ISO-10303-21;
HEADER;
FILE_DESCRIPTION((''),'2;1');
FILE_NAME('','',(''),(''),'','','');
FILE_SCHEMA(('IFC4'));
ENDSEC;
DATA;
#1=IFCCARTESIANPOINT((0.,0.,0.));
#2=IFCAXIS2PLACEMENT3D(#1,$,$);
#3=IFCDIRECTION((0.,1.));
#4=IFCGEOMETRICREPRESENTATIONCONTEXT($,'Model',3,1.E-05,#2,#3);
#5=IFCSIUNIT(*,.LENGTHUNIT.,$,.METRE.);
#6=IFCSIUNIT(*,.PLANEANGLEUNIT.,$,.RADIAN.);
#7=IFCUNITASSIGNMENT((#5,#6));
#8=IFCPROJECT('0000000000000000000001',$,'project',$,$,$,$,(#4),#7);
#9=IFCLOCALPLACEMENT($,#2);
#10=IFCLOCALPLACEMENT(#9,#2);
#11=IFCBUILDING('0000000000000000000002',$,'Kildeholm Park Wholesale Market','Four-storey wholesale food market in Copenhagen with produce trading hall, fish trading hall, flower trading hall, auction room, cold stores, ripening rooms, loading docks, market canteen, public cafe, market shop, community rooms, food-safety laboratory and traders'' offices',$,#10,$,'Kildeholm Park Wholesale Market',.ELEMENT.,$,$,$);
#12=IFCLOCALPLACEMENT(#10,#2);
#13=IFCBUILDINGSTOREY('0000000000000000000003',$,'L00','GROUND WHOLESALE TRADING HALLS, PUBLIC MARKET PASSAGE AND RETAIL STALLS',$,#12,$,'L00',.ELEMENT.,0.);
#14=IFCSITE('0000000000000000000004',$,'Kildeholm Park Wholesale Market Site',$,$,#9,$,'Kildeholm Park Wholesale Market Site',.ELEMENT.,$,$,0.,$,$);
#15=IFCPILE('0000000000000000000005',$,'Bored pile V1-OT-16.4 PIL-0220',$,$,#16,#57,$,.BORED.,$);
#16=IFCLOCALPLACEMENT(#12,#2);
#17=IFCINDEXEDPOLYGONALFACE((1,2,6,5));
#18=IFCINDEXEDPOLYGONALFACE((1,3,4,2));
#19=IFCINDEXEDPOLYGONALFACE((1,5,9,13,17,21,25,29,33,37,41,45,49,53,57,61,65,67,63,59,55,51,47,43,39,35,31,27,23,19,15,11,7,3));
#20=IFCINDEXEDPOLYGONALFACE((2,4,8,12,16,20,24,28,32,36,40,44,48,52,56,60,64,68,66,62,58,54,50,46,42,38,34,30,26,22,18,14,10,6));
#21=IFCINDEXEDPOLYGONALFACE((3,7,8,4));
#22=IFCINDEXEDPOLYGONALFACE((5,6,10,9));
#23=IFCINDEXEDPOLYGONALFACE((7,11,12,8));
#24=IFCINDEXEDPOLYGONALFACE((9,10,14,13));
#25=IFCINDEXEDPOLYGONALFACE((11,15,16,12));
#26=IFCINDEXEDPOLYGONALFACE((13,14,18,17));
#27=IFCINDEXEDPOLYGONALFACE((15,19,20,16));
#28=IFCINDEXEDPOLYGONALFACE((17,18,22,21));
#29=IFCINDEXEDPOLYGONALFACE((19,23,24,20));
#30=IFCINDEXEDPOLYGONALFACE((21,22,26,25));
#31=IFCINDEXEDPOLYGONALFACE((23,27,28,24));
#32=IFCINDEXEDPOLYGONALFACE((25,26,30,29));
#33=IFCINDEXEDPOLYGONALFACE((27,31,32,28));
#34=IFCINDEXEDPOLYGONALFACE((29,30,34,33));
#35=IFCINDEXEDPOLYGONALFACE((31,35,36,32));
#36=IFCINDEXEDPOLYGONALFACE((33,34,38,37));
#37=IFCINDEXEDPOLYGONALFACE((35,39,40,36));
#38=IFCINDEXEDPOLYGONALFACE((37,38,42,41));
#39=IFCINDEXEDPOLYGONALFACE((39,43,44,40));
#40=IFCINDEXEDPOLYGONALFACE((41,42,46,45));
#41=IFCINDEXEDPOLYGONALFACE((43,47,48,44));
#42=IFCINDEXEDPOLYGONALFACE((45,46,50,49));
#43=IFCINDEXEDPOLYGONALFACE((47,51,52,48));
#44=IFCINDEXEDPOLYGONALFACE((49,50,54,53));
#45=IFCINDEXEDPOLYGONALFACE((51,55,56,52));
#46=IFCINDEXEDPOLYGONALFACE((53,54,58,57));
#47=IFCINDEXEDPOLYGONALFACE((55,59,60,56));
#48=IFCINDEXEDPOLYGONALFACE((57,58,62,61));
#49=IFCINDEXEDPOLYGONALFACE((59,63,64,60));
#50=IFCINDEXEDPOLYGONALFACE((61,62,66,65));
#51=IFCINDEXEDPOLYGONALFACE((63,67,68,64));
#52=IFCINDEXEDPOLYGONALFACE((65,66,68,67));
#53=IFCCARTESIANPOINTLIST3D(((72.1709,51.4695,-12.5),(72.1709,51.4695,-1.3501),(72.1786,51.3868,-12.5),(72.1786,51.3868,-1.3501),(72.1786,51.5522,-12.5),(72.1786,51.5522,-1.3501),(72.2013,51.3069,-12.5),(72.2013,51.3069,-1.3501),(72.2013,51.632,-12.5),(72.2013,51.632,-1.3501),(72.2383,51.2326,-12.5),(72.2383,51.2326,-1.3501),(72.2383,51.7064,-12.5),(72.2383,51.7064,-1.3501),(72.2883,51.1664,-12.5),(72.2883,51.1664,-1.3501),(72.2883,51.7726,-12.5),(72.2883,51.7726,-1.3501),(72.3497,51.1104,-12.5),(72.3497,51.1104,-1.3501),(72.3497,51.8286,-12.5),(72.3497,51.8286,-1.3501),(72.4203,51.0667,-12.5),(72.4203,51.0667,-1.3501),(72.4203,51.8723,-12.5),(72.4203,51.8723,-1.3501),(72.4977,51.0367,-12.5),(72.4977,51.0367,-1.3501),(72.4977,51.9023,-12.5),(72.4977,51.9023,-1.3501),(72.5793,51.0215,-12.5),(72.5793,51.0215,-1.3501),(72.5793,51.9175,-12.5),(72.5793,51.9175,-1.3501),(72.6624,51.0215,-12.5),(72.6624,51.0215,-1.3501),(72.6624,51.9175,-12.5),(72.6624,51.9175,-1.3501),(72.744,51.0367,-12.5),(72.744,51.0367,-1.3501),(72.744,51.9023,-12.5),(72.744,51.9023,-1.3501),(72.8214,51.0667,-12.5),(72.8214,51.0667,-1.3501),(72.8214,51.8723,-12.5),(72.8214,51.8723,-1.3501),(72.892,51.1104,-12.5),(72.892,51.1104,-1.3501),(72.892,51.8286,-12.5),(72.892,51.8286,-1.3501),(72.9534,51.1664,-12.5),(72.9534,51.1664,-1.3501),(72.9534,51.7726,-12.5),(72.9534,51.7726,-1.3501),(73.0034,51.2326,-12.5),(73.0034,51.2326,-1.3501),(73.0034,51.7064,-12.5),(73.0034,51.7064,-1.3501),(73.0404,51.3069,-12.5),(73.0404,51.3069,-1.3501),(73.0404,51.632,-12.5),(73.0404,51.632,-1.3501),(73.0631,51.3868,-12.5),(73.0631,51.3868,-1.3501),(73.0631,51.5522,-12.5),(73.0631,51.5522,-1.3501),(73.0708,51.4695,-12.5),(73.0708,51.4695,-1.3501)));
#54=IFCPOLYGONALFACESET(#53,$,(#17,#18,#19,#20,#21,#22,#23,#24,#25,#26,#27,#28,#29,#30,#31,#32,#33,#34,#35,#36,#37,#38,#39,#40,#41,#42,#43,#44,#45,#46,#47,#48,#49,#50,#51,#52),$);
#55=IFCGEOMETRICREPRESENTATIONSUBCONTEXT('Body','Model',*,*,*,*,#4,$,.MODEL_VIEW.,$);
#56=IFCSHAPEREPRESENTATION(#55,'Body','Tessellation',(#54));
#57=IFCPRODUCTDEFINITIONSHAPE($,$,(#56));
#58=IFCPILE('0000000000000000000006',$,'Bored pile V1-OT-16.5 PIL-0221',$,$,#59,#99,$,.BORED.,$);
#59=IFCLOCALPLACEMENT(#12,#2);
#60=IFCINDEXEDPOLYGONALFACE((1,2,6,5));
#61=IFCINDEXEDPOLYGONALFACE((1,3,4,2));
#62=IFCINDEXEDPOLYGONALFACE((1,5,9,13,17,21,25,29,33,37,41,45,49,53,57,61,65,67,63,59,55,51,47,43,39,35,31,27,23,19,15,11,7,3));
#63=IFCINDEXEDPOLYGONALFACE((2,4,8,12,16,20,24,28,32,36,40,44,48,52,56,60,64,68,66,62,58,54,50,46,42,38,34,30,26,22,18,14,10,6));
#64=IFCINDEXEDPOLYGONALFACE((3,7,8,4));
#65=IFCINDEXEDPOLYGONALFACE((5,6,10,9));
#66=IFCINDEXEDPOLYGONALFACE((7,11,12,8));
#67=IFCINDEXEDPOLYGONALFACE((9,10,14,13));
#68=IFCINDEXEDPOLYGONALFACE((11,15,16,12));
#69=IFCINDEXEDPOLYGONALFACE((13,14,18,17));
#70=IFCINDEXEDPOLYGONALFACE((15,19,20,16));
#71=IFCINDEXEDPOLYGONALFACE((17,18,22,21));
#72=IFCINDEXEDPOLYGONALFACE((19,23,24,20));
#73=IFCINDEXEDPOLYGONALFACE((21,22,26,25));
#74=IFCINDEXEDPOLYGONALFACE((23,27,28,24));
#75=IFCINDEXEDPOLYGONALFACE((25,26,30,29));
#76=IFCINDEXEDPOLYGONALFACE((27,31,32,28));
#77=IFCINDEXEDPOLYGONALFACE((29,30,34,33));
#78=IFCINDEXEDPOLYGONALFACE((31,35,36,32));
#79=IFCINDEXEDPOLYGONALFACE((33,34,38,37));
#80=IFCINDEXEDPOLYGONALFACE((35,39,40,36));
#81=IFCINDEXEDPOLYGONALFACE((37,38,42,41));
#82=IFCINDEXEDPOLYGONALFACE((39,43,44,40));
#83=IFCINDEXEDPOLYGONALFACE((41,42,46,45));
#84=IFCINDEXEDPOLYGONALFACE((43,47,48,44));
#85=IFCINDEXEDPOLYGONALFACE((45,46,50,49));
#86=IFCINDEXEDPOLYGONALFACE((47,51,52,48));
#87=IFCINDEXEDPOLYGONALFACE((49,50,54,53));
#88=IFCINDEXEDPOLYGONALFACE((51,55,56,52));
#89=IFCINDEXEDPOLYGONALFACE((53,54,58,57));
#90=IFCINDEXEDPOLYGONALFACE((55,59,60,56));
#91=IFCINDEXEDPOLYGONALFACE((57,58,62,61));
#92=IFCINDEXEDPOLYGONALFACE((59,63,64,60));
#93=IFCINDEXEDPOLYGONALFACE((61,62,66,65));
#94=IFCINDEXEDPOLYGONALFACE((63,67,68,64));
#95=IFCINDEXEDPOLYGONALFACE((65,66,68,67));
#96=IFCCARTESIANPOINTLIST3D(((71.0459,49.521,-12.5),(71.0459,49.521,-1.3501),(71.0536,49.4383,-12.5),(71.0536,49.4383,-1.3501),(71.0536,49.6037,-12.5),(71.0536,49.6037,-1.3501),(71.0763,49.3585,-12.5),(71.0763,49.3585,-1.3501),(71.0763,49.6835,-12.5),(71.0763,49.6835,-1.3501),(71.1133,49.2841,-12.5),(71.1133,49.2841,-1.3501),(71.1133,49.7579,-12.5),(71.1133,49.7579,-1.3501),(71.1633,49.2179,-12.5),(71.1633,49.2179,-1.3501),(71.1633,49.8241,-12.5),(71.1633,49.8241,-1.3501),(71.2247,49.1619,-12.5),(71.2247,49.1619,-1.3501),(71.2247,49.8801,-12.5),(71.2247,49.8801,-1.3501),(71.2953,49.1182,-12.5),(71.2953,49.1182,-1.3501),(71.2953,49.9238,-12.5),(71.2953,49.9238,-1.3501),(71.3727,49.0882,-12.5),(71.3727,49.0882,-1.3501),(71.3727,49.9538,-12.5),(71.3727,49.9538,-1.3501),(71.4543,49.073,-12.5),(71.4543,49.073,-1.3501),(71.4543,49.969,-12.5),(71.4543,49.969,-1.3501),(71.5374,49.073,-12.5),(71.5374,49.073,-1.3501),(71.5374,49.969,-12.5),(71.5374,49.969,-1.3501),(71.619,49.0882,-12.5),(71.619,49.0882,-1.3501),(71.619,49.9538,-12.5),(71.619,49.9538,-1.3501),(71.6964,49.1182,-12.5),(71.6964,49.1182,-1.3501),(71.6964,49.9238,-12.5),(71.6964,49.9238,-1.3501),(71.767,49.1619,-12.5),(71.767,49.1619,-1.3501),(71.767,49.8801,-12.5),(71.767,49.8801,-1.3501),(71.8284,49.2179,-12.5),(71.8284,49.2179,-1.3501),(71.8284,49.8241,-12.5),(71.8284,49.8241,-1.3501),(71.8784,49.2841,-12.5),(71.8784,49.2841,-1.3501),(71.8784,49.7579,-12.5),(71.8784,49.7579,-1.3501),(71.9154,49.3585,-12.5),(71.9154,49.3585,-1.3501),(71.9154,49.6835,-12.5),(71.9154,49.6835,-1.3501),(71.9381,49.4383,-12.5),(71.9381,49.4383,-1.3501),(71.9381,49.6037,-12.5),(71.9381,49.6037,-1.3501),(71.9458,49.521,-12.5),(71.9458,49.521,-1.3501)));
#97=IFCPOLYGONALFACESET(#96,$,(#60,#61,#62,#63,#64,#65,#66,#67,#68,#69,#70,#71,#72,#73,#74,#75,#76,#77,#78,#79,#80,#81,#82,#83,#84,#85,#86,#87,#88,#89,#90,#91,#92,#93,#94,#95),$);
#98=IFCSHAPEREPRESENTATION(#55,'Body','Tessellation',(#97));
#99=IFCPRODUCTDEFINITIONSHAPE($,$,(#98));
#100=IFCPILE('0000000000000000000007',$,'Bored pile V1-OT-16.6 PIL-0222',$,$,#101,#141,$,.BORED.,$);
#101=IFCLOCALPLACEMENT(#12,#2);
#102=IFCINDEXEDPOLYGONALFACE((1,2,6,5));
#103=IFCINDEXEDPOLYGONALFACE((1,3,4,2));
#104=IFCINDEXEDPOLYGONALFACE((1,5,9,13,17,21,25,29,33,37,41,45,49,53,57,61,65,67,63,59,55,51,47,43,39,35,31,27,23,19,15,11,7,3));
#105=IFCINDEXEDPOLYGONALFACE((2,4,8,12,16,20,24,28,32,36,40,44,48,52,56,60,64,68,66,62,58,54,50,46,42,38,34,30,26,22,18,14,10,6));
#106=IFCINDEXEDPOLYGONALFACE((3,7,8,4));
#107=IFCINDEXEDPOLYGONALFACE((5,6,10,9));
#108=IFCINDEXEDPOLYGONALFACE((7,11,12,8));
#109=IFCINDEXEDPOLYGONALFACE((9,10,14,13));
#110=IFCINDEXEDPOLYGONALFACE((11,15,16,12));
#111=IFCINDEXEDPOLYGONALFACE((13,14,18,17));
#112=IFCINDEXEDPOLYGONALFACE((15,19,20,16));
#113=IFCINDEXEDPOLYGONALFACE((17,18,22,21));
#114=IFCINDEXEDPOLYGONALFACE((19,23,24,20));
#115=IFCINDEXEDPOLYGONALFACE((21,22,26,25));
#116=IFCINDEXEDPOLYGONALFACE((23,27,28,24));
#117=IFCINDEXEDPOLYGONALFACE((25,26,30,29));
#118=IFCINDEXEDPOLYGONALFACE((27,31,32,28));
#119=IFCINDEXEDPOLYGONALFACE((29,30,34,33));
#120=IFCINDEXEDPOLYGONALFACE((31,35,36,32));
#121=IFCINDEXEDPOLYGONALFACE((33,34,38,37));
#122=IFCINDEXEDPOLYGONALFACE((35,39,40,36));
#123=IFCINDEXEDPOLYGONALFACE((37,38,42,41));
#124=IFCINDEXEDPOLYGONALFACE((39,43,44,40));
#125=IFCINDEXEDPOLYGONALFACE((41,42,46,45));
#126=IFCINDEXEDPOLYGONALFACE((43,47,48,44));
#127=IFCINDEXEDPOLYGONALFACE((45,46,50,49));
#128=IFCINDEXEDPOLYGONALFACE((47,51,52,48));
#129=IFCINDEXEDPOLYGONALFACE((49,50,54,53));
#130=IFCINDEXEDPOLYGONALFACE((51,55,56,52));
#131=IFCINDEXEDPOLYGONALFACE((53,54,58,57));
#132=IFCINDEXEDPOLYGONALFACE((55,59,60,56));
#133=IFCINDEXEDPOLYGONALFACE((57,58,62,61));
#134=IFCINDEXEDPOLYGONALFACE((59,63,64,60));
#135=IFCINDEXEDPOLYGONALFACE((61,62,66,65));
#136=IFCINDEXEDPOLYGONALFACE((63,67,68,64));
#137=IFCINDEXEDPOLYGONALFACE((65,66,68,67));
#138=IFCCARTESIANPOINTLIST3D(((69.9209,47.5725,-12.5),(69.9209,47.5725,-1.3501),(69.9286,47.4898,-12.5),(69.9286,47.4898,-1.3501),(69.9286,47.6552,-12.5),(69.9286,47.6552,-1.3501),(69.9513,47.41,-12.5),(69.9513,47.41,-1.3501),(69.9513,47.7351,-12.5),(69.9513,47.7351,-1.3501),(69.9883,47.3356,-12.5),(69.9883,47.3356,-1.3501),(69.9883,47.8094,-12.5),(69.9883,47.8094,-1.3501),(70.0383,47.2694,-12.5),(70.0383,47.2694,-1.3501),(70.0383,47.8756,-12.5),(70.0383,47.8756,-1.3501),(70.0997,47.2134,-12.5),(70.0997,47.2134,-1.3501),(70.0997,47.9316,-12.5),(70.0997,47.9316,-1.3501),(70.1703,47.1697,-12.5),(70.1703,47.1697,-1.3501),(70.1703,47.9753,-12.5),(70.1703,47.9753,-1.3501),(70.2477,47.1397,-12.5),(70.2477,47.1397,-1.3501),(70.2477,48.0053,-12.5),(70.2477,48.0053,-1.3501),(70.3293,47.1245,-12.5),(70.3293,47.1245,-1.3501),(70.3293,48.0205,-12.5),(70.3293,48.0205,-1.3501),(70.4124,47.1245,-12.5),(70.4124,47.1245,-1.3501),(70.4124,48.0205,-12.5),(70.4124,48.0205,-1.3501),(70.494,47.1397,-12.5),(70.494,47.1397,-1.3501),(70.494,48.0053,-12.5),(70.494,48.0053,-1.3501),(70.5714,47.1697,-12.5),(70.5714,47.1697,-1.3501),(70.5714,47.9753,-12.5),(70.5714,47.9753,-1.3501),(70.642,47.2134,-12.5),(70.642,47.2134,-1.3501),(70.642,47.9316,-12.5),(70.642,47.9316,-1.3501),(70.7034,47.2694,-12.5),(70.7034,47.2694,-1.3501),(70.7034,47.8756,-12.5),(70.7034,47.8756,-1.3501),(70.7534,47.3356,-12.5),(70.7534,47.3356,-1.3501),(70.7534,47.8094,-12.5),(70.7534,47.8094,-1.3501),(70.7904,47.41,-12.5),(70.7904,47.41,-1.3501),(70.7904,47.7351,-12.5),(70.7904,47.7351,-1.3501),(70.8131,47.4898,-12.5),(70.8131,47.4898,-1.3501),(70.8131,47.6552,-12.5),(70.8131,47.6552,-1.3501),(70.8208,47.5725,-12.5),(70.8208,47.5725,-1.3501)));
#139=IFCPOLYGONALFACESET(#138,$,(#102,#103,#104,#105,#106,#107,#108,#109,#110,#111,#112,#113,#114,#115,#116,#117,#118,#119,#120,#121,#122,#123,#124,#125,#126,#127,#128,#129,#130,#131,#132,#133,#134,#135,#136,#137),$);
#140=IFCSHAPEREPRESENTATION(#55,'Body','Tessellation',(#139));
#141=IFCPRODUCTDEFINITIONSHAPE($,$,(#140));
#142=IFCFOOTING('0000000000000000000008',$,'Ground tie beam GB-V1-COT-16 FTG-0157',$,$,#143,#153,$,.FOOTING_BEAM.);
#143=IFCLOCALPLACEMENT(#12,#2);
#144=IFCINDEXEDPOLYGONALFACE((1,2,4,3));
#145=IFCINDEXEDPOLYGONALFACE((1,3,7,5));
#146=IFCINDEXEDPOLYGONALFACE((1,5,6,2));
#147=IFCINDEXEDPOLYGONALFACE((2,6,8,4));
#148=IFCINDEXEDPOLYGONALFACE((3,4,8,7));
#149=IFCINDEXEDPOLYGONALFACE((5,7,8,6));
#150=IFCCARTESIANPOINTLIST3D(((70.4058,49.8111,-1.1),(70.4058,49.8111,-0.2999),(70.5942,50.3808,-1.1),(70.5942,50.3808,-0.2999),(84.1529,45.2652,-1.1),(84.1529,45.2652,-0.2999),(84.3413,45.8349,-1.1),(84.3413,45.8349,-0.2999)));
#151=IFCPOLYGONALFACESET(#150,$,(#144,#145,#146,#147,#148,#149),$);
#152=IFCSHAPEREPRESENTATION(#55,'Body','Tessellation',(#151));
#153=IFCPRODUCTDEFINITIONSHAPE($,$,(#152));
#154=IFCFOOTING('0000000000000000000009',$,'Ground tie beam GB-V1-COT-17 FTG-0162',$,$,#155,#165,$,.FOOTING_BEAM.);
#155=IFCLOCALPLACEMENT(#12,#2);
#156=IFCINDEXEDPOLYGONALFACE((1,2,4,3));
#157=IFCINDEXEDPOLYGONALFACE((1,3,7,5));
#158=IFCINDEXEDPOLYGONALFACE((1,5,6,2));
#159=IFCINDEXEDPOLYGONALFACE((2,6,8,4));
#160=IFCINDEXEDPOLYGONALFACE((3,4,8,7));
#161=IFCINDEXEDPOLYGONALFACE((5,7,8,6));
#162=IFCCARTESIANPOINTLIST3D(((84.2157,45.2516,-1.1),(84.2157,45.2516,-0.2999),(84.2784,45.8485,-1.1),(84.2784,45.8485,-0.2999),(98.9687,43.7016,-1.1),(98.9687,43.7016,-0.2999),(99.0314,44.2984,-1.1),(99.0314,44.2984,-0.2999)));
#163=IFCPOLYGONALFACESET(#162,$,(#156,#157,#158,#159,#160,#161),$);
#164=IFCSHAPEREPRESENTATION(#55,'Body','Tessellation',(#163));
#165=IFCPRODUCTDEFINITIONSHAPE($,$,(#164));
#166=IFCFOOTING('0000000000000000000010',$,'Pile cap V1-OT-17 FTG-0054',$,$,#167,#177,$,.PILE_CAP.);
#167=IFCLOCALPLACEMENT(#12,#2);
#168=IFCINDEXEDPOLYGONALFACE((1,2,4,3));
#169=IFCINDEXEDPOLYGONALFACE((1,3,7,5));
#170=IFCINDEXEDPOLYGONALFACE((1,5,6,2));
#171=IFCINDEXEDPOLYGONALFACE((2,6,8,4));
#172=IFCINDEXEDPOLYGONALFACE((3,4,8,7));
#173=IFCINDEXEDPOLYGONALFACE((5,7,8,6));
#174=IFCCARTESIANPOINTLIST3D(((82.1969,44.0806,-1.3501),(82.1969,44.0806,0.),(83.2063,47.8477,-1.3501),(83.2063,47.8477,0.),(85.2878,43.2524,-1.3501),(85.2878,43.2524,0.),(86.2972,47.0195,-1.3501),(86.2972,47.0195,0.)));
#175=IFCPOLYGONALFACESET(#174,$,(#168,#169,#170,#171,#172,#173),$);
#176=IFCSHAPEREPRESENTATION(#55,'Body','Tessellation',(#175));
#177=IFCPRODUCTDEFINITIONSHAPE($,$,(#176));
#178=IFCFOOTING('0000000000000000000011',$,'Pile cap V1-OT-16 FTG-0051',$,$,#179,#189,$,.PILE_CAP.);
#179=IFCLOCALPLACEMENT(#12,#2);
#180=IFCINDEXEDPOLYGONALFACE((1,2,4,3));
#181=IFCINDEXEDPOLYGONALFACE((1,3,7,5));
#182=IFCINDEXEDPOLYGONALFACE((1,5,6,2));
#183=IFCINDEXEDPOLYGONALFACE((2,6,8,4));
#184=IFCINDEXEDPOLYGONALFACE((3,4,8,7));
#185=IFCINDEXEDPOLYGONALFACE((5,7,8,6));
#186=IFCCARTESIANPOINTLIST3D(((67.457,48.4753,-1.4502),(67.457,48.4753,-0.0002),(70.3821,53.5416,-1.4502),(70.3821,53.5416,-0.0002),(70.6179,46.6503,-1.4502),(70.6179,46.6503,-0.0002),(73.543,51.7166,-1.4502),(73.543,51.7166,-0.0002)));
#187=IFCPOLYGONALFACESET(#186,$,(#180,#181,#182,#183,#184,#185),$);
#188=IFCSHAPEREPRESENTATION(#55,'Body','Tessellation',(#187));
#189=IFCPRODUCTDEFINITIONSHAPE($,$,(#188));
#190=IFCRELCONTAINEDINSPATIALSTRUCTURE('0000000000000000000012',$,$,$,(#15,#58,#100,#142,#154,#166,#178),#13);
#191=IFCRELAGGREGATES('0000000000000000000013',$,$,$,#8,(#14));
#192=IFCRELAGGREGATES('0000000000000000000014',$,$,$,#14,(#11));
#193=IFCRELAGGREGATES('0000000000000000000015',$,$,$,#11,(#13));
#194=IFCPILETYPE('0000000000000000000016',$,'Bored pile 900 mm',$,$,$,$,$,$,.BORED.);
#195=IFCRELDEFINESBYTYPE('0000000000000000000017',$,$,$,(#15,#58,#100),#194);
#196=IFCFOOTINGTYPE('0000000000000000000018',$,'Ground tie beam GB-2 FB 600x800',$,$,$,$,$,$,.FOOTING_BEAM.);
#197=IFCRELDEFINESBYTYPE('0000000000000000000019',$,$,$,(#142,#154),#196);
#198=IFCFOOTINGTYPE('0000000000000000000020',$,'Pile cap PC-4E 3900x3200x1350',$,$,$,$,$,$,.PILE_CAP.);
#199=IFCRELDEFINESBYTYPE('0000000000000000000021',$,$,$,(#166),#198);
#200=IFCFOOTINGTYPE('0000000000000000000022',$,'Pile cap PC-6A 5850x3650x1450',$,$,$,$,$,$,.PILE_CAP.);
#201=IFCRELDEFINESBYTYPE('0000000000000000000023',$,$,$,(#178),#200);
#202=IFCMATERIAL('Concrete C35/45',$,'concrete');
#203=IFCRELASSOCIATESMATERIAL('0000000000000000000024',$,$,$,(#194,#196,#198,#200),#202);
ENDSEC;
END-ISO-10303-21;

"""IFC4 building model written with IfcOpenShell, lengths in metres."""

from ifc_helpers import new_model, si_unit, direction, frame, origin, origin_2d, place, context, subcontext, project, spatial, rectangle, circle, extrude, material, material_profile, profile_set, type_object, element, save


model = new_model("IFC4")

# Units and contexts
model_context = context("Model", 3, precision=1e-05, world=origin(), true_north=direction((0.0, 1.0)))
body_context = subcontext(model_context, "Body", "Model", "MODEL_VIEW")
ifc_project = project(units=[si_unit("LENGTHUNIT", "METRE"), si_unit("PLANEANGLEUNIT", "RADIAN")], contexts=[model_context])

# Site, building, storey
site_placement = place(None, origin())
site = spatial("IfcSite", under=ifc_project, at=site_placement, Name="Kildeholm Park Wholesale Market Site", LongName="Kildeholm Park Wholesale Market Site", CompositionType="ELEMENT", RefElevation=0.0)
building_placement = place(site_placement, origin())
building = spatial("IfcBuilding", under=site, at=building_placement, Name="Kildeholm Park Wholesale Market", Description="Four-storey wholesale food market in Copenhagen with produce trading hall, fish trading hall, flower trading hall, auction room, cold stores, ripening rooms, loading docks, market canteen, public cafe, market shop, community rooms, food-safety laboratory and traders' offices", LongName="Kildeholm Park Wholesale Market", CompositionType="ELEMENT")
storey_placement = place(building_placement, origin())
storey = spatial("IfcBuildingStorey", under=building, at=storey_placement, Name="L00", Description="GROUND WHOLESALE TRADING HALLS, PUBLIC MARKET PASSAGE AND RETAIL STALLS", LongName="L00", CompositionType="ELEMENT", Elevation=0.0)

# Piles
ifc_material_1 = material(Name="Concrete C35/45", Category="concrete")
ifc_material_profile_1 = material_profile(ifc_material_1, circle(Radius=0.45, at=origin_2d()), Name="PILE D900")
ifc_profile_set_1 = profile_set([ifc_material_profile_1], Name="Concrete C35/45")
pile_type_1 = type_object("IfcPileType", Name="Bored pile 900 mm", PredefinedType="BORED", material=ifc_profile_set_1)
for number, where, z_axis, x_axis, name in (
    (1, (72.6208, 51.4695, -1.3501), (0.0, 0.0, -1.0), (1.0, 0.0, 0.0), "Bored pile V1-OT-16.4 PIL-0220"),
    (2, (71.4958, 49.521, -1.3501), (0.0, 0.0, -1.0), (1.0, 0.0, 0.0), "Bored pile V1-OT-16.5 PIL-0221"),
    (3, (70.3708, 47.5725, -1.3501), (0.0, 0.0, -1.0), (1.0, 0.0, 0.0), "Bored pile V1-OT-16.6 PIL-0222"),
):
    element("IfcPile", number, at=place(storey_placement, frame(where, z_axis=z_axis, x_axis=x_axis)), inside=storey, type_object=pile_type_1, Name=name, PredefinedType="BORED", context=body_context, shape_type="SweptSolid", body=[
        extrude(circle(Radius=0.45, at=origin_2d()), origin(), (0.0, 0.0, 1.0), 11.1499),
    ])

# Footings
ifc_material_profile_2 = material_profile(ifc_material_1, rectangle(XDim=0.6001, YDim=0.8, at=origin_2d()), Name="FB 600x800")
ifc_profile_set_2 = profile_set([ifc_material_profile_2], Name="Concrete C35/45")
footing_type_1 = type_object("IfcFootingType", Name="Ground tie beam GB-2 FB 600x800", PredefinedType="FOOTING_BEAM", material=ifc_profile_set_2)
footing_1_placement = place(storey_placement, frame((70.5, 50.0959, -0.7), z_axis=(0.949436, -0.313961, 0.0), x_axis=(0.313961, 0.949436, 0.0)))
element("IfcFooting", 4, at=footing_1_placement, inside=storey, type_object=footing_type_1, Name="Ground tie beam GB-V1-COT-16 FTG-0157", PredefinedType="FOOTING_BEAM", context=body_context, shape_type="SweptSolid", body=[
    extrude(rectangle(XDim=0.6001, YDim=0.8, at=origin_2d()), origin(), (0.0, 0.0, 1.0), 14.4792),
])
footing_2_placement = place(storey_placement, frame((84.2471, 45.55, -0.7), z_axis=(0.994526, -0.104492, 0.0), x_axis=(0.104492, 0.994526, 0.0)))
element("IfcFooting", 5, at=footing_2_placement, inside=storey, type_object=footing_type_1, Name="Ground tie beam GB-V1-COT-17 FTG-0162", PredefinedType="FOOTING_BEAM", context=body_context, shape_type="SweptSolid", body=[
    extrude(rectangle(XDim=0.6001, YDim=0.8, at=origin_2d()), origin(), (0.0, 0.0, 1.0), 14.8342),
])
footing_type_2 = type_object("IfcFootingType", Name="Pile cap PC-4E 3900x3200x1350", PredefinedType="PILE_CAP", material=ifc_material_1)
footing_3_placement = place(storey_placement, frame((84.2471, 45.55, -1.3501), z_axis=(0.0, 0.0, 1.0), x_axis=(-0.258819, -0.965926, 0.0)))
element("IfcFooting", 6, at=footing_3_placement, inside=storey, type_object=footing_type_2, Name="Pile cap V1-OT-17 FTG-0054", PredefinedType="PILE_CAP", context=body_context, shape_type="SweptSolid", body=[
    extrude(rectangle(XDim=3.8999, YDim=3.2, at=origin_2d()), origin(), (0.0, 0.0, 1.0), 1.3501),
])
footing_type_3 = type_object("IfcFootingType", Name="Pile cap PC-6A 5850x3650x1450", PredefinedType="PILE_CAP", material=ifc_material_1)
footing_4_placement = place(storey_placement, frame((70.5, 50.0959, -1.4502), z_axis=(0.0, 0.0, 1.0), x_axis=(-0.5, -0.866025, 0.0)))
element("IfcFooting", 7, at=footing_4_placement, inside=storey, type_object=footing_type_3, Name="Pile cap V1-OT-16 FTG-0051", PredefinedType="PILE_CAP", context=body_context, shape_type="SweptSolid", body=[
    extrude(rectangle(XDim=5.8501, YDim=3.6499, at=origin_2d()), origin(), (0.0, 0.0, 1.0), 1.45),
])

save(model, "model.ifc")
